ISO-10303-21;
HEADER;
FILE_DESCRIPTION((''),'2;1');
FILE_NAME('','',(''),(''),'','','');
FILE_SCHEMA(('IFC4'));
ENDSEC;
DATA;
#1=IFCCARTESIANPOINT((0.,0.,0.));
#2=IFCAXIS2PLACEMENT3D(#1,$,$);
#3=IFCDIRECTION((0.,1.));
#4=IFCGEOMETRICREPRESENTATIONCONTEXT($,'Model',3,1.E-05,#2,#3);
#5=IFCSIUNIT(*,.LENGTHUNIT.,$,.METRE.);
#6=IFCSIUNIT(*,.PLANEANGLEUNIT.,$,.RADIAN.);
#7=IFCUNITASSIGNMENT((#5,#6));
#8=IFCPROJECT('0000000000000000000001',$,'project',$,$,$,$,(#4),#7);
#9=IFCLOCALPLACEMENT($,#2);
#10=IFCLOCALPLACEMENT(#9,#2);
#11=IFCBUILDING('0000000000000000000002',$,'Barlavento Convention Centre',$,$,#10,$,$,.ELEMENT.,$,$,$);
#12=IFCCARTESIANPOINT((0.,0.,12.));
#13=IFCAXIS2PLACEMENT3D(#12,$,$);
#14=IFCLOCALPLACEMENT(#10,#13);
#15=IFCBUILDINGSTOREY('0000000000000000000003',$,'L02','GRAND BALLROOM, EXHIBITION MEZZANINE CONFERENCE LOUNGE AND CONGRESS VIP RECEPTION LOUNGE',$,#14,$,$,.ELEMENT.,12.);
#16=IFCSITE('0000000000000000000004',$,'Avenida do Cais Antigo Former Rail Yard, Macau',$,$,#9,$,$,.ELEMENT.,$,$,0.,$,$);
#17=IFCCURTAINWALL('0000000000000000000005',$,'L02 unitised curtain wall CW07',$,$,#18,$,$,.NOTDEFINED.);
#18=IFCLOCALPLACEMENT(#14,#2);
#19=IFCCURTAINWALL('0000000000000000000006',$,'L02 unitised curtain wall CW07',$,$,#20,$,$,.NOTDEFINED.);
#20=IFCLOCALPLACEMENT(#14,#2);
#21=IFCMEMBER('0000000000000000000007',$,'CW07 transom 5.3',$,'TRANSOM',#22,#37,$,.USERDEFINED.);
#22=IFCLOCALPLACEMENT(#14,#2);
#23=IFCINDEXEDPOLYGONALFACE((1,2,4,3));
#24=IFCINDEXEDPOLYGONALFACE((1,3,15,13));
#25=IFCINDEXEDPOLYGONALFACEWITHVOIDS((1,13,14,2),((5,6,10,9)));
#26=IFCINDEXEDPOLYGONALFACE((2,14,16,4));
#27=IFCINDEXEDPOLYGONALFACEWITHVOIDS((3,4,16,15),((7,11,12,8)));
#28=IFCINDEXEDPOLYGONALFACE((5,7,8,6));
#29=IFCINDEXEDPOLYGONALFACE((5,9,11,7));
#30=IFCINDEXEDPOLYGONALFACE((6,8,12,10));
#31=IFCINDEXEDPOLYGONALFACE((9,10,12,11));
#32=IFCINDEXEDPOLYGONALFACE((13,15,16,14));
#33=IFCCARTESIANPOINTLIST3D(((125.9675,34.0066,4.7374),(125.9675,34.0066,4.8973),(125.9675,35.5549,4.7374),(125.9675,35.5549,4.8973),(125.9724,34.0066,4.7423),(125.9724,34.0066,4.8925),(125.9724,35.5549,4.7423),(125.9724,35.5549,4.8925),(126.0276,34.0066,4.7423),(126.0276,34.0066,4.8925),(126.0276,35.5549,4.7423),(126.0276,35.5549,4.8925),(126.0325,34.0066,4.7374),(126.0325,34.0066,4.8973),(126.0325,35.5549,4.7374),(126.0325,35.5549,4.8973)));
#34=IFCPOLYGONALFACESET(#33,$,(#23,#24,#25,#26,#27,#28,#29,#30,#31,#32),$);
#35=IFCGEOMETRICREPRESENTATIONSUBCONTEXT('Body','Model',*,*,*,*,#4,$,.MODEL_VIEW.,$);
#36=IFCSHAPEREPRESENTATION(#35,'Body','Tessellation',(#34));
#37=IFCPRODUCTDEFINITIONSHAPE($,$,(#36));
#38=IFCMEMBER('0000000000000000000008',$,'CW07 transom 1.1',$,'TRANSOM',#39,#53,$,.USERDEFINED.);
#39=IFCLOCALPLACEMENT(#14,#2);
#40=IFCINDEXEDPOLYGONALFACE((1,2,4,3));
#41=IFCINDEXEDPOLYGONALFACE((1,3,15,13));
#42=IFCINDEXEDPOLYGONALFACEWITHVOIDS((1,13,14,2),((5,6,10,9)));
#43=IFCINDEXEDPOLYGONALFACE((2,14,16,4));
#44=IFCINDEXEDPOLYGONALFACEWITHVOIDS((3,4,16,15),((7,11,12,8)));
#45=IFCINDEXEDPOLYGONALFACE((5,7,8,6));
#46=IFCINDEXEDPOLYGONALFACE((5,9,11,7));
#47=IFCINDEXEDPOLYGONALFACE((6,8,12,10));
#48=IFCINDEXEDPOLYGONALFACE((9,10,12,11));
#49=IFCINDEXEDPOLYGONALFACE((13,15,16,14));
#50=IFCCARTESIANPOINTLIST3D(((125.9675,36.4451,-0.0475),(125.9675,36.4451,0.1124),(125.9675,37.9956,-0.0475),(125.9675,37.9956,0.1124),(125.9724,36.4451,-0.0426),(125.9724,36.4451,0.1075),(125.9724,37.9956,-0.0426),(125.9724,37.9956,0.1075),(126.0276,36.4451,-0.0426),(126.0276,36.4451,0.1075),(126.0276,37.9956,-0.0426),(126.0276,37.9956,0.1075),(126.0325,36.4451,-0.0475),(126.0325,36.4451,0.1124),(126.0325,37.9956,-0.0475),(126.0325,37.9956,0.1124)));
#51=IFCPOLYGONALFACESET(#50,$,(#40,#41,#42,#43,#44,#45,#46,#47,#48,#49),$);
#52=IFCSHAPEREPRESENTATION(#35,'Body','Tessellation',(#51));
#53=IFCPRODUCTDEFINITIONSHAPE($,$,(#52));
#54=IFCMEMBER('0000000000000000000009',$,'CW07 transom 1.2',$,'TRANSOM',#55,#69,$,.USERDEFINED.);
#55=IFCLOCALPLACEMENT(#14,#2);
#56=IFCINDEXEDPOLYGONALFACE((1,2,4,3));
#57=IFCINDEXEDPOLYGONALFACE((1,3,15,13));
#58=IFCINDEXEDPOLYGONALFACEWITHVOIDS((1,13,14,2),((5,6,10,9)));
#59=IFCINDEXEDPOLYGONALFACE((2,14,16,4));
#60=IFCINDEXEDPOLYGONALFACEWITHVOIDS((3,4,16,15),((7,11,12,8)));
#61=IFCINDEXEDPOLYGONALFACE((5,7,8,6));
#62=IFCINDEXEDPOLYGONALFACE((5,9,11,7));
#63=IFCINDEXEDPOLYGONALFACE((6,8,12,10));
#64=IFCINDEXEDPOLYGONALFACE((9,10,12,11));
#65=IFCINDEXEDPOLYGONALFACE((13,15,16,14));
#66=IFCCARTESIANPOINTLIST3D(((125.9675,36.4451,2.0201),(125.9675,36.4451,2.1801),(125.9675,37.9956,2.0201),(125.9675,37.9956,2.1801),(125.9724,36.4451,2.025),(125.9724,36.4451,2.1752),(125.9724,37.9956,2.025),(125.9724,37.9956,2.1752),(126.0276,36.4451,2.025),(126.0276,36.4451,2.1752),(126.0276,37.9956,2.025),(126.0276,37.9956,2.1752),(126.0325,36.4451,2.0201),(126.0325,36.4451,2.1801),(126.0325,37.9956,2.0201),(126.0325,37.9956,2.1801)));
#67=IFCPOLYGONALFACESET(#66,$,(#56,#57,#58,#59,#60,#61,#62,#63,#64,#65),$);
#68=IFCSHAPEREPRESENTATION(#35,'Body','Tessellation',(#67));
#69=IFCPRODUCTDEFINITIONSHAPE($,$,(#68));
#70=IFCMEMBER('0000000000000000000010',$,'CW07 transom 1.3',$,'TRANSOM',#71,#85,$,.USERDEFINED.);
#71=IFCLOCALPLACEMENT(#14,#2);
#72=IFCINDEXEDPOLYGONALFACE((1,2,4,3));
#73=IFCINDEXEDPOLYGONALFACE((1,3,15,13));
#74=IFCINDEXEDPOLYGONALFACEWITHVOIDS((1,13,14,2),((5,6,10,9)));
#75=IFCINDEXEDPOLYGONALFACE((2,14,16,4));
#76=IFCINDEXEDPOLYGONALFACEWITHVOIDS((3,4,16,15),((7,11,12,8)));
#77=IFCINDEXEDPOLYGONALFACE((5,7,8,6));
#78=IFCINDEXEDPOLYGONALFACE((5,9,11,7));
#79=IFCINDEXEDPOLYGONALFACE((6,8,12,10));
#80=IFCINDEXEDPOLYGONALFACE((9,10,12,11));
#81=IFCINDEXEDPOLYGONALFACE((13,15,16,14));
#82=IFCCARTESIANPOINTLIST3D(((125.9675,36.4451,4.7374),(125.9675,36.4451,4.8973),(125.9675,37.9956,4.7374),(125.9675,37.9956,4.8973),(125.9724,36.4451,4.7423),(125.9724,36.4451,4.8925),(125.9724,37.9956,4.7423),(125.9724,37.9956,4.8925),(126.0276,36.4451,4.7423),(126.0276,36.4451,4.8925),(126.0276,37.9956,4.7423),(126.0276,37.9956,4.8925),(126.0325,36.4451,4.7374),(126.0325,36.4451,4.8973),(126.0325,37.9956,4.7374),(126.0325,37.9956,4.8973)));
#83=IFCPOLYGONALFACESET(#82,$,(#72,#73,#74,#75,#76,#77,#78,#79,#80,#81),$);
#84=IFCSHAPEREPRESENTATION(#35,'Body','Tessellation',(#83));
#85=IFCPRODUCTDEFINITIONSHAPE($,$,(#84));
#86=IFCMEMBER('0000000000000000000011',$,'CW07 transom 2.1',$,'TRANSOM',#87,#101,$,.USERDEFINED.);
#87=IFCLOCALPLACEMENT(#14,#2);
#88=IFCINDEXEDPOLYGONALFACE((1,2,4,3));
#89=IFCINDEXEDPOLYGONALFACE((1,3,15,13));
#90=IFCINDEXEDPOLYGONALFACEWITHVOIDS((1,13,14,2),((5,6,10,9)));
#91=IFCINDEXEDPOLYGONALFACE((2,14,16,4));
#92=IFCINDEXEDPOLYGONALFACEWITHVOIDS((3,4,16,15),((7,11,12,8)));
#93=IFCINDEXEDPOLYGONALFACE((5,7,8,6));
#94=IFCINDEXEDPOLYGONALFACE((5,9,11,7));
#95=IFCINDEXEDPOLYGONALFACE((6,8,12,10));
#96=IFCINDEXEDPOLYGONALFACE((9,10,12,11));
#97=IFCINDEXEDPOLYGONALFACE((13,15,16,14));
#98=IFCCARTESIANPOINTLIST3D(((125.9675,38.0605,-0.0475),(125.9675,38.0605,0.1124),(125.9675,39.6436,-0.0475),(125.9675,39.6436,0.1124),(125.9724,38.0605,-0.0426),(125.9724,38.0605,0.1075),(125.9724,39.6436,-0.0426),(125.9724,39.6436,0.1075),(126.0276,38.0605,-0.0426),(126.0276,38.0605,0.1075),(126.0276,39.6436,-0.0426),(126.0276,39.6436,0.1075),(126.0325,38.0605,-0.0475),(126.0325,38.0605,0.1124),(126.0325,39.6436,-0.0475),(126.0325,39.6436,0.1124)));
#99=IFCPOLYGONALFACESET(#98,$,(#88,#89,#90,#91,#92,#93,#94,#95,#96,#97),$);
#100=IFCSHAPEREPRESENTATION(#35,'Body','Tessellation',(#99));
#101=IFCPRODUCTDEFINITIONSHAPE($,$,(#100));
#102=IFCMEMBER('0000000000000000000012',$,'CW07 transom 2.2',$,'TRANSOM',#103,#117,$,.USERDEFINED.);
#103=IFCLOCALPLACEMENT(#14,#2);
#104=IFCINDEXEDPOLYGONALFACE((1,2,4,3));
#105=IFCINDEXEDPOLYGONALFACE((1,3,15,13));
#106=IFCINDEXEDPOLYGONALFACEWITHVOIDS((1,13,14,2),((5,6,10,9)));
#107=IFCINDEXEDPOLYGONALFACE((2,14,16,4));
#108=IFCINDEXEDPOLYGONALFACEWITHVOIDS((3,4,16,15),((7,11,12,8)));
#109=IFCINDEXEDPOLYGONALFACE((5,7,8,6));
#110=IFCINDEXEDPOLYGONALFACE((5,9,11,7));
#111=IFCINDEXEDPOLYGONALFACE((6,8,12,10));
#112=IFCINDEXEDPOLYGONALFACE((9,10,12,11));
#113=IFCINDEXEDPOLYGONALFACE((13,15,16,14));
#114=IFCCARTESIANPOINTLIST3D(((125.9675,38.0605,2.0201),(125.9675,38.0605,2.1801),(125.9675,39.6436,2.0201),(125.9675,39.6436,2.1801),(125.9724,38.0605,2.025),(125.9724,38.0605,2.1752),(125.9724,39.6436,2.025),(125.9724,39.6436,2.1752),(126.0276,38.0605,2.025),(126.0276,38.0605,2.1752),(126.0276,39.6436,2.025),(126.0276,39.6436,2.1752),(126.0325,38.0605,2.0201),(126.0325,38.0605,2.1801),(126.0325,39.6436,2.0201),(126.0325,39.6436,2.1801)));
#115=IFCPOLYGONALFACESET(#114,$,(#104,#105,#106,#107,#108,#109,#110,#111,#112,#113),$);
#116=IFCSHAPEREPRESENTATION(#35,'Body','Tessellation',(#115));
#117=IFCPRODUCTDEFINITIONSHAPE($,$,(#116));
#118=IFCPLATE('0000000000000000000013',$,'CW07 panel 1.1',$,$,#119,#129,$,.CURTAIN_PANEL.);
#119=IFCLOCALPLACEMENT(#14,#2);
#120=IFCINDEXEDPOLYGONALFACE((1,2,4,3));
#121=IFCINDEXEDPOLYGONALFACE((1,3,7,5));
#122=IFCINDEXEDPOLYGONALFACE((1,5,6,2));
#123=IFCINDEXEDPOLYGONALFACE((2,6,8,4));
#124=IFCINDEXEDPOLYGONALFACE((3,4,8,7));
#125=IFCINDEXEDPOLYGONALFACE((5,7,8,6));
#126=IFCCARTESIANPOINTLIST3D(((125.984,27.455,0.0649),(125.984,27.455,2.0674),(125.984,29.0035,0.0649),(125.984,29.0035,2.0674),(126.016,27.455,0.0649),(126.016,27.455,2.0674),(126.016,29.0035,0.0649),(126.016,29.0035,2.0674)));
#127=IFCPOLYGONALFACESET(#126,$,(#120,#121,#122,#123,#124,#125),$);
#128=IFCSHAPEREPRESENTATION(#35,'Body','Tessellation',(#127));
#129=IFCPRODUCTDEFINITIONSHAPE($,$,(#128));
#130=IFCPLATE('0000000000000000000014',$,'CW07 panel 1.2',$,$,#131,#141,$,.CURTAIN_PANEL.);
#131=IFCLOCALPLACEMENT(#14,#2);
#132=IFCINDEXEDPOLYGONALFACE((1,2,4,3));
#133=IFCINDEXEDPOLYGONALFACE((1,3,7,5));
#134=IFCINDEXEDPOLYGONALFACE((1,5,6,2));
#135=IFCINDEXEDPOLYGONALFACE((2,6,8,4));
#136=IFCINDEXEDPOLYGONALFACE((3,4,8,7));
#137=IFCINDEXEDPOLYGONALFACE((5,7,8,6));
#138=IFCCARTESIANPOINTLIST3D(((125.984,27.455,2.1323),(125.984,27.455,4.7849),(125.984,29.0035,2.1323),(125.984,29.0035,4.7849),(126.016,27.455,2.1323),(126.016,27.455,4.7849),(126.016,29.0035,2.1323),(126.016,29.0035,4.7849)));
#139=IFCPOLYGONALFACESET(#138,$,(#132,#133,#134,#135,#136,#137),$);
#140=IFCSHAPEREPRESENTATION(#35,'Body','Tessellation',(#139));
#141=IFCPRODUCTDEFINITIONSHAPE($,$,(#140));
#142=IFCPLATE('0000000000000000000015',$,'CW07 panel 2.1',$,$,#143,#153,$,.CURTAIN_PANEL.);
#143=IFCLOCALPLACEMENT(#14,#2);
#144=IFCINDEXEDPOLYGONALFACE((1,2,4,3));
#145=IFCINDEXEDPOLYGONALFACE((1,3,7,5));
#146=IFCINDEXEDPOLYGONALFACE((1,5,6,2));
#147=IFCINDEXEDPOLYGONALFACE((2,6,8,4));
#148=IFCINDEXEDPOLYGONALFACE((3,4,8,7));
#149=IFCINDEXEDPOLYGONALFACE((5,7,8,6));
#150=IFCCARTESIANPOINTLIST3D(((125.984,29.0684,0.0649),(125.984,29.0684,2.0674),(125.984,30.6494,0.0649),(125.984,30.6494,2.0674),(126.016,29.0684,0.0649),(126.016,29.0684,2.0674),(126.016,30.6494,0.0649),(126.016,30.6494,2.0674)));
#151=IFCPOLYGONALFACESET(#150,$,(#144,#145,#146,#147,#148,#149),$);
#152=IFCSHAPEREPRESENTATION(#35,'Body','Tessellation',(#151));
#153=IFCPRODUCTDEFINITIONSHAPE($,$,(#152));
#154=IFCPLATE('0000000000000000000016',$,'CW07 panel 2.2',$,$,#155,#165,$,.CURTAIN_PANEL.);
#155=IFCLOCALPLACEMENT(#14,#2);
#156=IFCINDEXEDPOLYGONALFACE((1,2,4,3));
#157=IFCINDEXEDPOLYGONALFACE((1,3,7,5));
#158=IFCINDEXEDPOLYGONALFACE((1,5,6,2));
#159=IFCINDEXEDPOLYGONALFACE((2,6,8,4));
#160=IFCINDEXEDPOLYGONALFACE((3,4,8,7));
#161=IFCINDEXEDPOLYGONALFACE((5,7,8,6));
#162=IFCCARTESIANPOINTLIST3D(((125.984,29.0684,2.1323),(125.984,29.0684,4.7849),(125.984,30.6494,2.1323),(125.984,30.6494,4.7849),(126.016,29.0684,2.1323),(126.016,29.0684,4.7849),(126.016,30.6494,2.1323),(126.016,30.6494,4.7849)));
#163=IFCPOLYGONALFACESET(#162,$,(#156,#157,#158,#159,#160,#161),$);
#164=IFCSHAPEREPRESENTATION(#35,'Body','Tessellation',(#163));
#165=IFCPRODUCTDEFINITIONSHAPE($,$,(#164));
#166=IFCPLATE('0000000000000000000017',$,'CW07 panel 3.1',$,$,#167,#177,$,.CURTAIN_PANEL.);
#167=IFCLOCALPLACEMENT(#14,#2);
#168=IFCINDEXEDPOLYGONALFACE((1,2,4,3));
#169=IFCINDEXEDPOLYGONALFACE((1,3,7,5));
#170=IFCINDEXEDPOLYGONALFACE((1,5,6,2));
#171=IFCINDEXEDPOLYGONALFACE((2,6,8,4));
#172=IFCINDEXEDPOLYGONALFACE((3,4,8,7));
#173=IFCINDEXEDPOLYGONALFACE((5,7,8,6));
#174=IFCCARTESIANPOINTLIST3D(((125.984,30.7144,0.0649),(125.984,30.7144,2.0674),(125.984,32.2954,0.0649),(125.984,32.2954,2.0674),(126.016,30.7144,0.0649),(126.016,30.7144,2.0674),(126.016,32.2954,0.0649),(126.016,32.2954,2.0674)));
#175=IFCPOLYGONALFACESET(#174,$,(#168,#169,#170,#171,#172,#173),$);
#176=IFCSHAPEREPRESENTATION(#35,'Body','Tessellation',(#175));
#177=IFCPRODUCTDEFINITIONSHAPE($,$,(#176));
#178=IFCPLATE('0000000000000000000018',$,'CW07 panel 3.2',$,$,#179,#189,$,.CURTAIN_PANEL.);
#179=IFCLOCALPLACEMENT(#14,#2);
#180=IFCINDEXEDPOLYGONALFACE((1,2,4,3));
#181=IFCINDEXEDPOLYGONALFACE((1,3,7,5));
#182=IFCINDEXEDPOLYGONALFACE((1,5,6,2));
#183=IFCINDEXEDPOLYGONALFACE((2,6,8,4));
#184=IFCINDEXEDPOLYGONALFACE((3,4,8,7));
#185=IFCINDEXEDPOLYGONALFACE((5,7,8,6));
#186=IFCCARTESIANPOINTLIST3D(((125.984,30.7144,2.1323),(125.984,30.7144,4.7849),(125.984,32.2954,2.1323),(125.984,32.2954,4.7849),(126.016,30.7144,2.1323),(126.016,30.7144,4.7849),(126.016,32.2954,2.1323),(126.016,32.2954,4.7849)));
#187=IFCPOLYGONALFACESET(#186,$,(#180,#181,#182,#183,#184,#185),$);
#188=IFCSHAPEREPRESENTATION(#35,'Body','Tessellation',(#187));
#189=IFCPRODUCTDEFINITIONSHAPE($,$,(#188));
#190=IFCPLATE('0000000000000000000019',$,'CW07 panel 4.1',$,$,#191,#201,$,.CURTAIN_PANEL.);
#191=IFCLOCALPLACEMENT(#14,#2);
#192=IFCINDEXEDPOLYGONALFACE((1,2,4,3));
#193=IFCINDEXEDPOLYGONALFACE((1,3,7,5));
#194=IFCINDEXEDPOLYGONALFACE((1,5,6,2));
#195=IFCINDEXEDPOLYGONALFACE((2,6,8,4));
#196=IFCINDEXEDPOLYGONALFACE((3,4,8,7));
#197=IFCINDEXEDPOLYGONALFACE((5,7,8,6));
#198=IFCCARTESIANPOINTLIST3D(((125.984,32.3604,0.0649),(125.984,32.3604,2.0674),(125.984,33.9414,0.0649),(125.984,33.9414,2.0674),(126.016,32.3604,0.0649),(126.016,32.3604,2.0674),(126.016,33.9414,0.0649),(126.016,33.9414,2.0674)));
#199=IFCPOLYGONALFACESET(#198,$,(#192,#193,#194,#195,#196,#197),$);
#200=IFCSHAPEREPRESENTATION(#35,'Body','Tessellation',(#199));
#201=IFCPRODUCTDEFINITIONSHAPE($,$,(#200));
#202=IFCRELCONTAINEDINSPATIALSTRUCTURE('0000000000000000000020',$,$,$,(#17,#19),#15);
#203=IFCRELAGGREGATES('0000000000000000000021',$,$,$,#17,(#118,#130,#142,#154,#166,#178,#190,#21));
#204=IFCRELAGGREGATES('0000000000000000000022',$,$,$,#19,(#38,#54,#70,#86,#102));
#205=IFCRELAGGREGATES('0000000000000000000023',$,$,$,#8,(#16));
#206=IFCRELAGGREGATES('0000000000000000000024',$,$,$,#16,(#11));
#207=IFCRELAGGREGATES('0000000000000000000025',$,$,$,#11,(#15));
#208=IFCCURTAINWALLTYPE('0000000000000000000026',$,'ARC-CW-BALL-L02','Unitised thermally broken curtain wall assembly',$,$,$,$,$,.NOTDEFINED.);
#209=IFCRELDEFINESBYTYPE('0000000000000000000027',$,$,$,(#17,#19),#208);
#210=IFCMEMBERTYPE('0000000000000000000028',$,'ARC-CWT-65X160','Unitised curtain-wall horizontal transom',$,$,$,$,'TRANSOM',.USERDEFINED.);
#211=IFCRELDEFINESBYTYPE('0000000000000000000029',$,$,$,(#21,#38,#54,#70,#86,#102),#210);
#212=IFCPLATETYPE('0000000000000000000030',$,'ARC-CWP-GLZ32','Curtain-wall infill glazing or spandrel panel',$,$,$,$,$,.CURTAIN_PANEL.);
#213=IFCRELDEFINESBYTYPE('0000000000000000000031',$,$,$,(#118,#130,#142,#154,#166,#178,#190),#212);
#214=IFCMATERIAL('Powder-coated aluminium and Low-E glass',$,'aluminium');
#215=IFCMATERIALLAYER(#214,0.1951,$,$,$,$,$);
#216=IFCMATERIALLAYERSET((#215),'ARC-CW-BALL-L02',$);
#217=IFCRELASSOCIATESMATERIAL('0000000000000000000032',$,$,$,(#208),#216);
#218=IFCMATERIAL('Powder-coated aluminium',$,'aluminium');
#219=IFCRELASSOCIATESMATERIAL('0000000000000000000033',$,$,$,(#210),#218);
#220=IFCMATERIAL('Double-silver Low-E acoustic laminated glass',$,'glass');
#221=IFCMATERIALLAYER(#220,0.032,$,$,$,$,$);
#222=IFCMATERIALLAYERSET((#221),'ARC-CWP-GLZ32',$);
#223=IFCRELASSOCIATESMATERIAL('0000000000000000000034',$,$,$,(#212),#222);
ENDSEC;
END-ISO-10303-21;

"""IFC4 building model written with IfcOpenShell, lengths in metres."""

from ifc_helpers import new_model, si_unit, direction, frame, origin, origin_2d, place, context, subcontext, project, spatial, rectangle, hollow_rectangle, extrude, material, layer, layer_set, material_profile, profile_set, type_object, element, aggregate, save


model = new_model("IFC4")

# Units and contexts
model_context = context("Model", 3, precision=1e-05, world=origin(), true_north=direction((0.0, 1.0)))
body_context = subcontext(model_context, "Body", "Model", "MODEL_VIEW")
ifc_project = project(units=[si_unit("LENGTHUNIT", "METRE"), si_unit("PLANEANGLEUNIT", "RADIAN")], contexts=[model_context])

# Site, building, storey
site_placement = place(None, origin())
site = spatial("IfcSite", under=ifc_project, at=site_placement, Name="Avenida do Cais Antigo Former Rail Yard, Macau", CompositionType="ELEMENT", RefElevation=0.0)
building_placement = place(site_placement, origin())
building = spatial("IfcBuilding", under=site, at=building_placement, Name="Barlavento Convention Centre", CompositionType="ELEMENT")
storey_placement = place(building_placement, frame((0.0, 0.0, 12.0)))
storey = spatial("IfcBuildingStorey", under=building, at=storey_placement, Name="L02", Description="GRAND BALLROOM, EXHIBITION MEZZANINE CONFERENCE LOUNGE AND CONGRESS VIP RECEPTION LOUNGE", CompositionType="ELEMENT", Elevation=12.0)

# Curtain walls
ifc_material_1 = material(Name="Powder-coated aluminium and Low-E glass", Category="aluminium")
ifc_layer_1 = layer(ifc_material_1, 0.1951)
ifc_layer_set_1 = layer_set([ifc_layer_1], Name="ARC-CW-BALL-L02")
curtain_wall_type = type_object("IfcCurtainWallType", Name="ARC-CW-BALL-L02", Description="Unitised thermally broken curtain wall assembly", PredefinedType="NOTDEFINED", material=ifc_layer_set_1)
curtain_wall_1_placement = place(storey_placement, origin())
curtain_wall_1 = element("IfcCurtainWall", 1, at=curtain_wall_1_placement, inside=storey, type_object=curtain_wall_type, Name="L02 unitised curtain wall CW07", PredefinedType="NOTDEFINED")
ifc_material_2 = material(Name="Powder-coated aluminium", Category="aluminium")
curtain_wall_2_placement = place(storey_placement, origin())
curtain_wall_2 = element("IfcCurtainWall", 2, at=curtain_wall_2_placement, inside=storey, type_object=curtain_wall_type, Name="L02 unitised curtain wall CW07", PredefinedType="NOTDEFINED")

# Members
ifc_material_profile_1 = material_profile(ifc_material_2, hollow_rectangle(XDim=0.0649, YDim=0.1599, WallThickness=0.0049, at=origin_2d()), Name="AL-TRAN 65x160x5")
ifc_profile_set_1 = profile_set([ifc_material_profile_1], Name="Powder-coated aluminium")
member_type_1 = type_object("IfcMemberType", Name="ARC-CWT-65X160", Description="Unitised curtain-wall horizontal transom", ElementType="TRANSOM", PredefinedType="USERDEFINED", material=ifc_profile_set_1)
member_1_placement = place(storey_placement, frame((126.0, 34.0066, 4.8174), z_axis=(0.0, 1.0, 0.0), x_axis=(-1.0, 0.0, 0.0)))
member_1 = element("IfcMember", 3, at=member_1_placement, type_object=member_type_1, Name="CW07 transom 5.3", ObjectType="TRANSOM", PredefinedType="USERDEFINED", context=body_context, shape_type="SweptSolid", body=[
    extrude(hollow_rectangle(XDim=0.0649, YDim=0.1599, WallThickness=0.0049, at=origin_2d()), origin(), (0.0, 0.0, 1.0), 1.5483),
])
member_2_placement = place(storey_placement, frame((126.0, 36.4451, 0.0325), z_axis=(0.0, 1.0, 0.0), x_axis=(-1.0, 0.0, 0.0)))
member_2 = element("IfcMember", 4, at=member_2_placement, type_object=member_type_1, Name="CW07 transom 1.1", ObjectType="TRANSOM", PredefinedType="USERDEFINED", context=body_context, shape_type="SweptSolid", body=[
    extrude(hollow_rectangle(XDim=0.0649, YDim=0.1599, WallThickness=0.0049, at=origin_2d()), origin(), (0.0, 0.0, 1.0), 1.5505),
])
member_3_placement = place(storey_placement, frame((126.0, 36.4451, 2.1001), z_axis=(0.0, 1.0, 0.0), x_axis=(-1.0, 0.0, 0.0)))
member_3 = element("IfcMember", 5, at=member_3_placement, type_object=member_type_1, Name="CW07 transom 1.2", ObjectType="TRANSOM", PredefinedType="USERDEFINED", context=body_context, shape_type="SweptSolid", body=[
    extrude(hollow_rectangle(XDim=0.0649, YDim=0.1599, WallThickness=0.0049, at=origin_2d()), origin(), (0.0, 0.0, 1.0), 1.5505),
])
member_4_placement = place(storey_placement, frame((126.0, 36.4451, 4.8174), z_axis=(0.0, 1.0, 0.0), x_axis=(-1.0, 0.0, 0.0)))
member_4 = element("IfcMember", 6, at=member_4_placement, type_object=member_type_1, Name="CW07 transom 1.3", ObjectType="TRANSOM", PredefinedType="USERDEFINED", context=body_context, shape_type="SweptSolid", body=[
    extrude(hollow_rectangle(XDim=0.0649, YDim=0.1599, WallThickness=0.0049, at=origin_2d()), origin(), (0.0, 0.0, 1.0), 1.5505),
])
member_5_placement = place(storey_placement, frame((126.0, 38.0605, 0.0325), z_axis=(0.0, 1.0, 0.0), x_axis=(-1.0, 0.0, 0.0)))
member_5 = element("IfcMember", 7, at=member_5_placement, type_object=member_type_1, Name="CW07 transom 2.1", ObjectType="TRANSOM", PredefinedType="USERDEFINED", context=body_context, shape_type="SweptSolid", body=[
    extrude(hollow_rectangle(XDim=0.0649, YDim=0.1599, WallThickness=0.0049, at=origin_2d()), origin(), (0.0, 0.0, 1.0), 1.583),
])
member_6_placement = place(storey_placement, frame((126.0, 38.0605, 2.1001), z_axis=(0.0, 1.0, 0.0), x_axis=(-1.0, 0.0, 0.0)))
member_6 = element("IfcMember", 8, at=member_6_placement, type_object=member_type_1, Name="CW07 transom 2.2", ObjectType="TRANSOM", PredefinedType="USERDEFINED", context=body_context, shape_type="SweptSolid", body=[
    extrude(hollow_rectangle(XDim=0.0649, YDim=0.1599, WallThickness=0.0049, at=origin_2d()), origin(), (0.0, 0.0, 1.0), 1.583),
])

# Plates
ifc_material_3 = material(Name="Double-silver Low-E acoustic laminated glass", Category="glass")
ifc_layer_2 = layer(ifc_material_3, 0.032)
ifc_layer_set_2 = layer_set([ifc_layer_2], Name="ARC-CWP-GLZ32")
plate_type = type_object("IfcPlateType", Name="ARC-CWP-GLZ32", Description="Curtain-wall infill glazing or spandrel panel", PredefinedType="CURTAIN_PANEL", material=ifc_layer_set_2)
plate_1_placement = place(storey_placement, frame((126.0, 28.2292, 0.0649), z_axis=(0.0, 0.0, 1.0), x_axis=(0.0, 1.0, 0.0)))
plate_1 = element("IfcPlate", 9, at=plate_1_placement, type_object=plate_type, Name="CW07 panel 1.1", PredefinedType="CURTAIN_PANEL", context=body_context, shape_type="SweptSolid", body=[
    extrude(rectangle(XDim=1.5486, YDim=0.032, at=origin_2d()), origin(), (0.0, 0.0, 1.0), 2.0024),
])
plate_2_placement = place(storey_placement, frame((126.0, 28.2292, 2.1323), z_axis=(0.0, 0.0, 1.0), x_axis=(0.0, 1.0, 0.0)))
plate_2 = element("IfcPlate", 10, at=plate_2_placement, type_object=plate_type, Name="CW07 panel 1.2", PredefinedType="CURTAIN_PANEL", context=body_context, shape_type="SweptSolid", body=[
    extrude(rectangle(XDim=1.5486, YDim=0.032, at=origin_2d()), origin(), (0.0, 0.0, 1.0), 2.6526),
])
plate_3_placement = place(storey_placement, frame((126.0, 29.8589, 0.0649), z_axis=(0.0, 0.0, 1.0), x_axis=(0.0, 1.0, 0.0)))
plate_3 = element("IfcPlate", 11, at=plate_3_placement, type_object=plate_type, Name="CW07 panel 2.1", PredefinedType="CURTAIN_PANEL", context=body_context, shape_type="SweptSolid", body=[
    extrude(rectangle(XDim=1.5811, YDim=0.032, at=origin_2d()), origin(), (0.0, 0.0, 1.0), 2.0024),
])
plate_4_placement = place(storey_placement, frame((126.0, 29.8589, 2.1323), z_axis=(0.0, 0.0, 1.0), x_axis=(0.0, 1.0, 0.0)))
plate_4 = element("IfcPlate", 12, at=plate_4_placement, type_object=plate_type, Name="CW07 panel 2.2", PredefinedType="CURTAIN_PANEL", context=body_context, shape_type="SweptSolid", body=[
    extrude(rectangle(XDim=1.5811, YDim=0.032, at=origin_2d()), origin(), (0.0, 0.0, 1.0), 2.6526),
])
plate_5_placement = place(storey_placement, frame((126.0, 31.5049, 0.0649), z_axis=(0.0, 0.0, 1.0), x_axis=(0.0, 1.0, 0.0)))
plate_5 = element("IfcPlate", 13, at=plate_5_placement, type_object=plate_type, Name="CW07 panel 3.1", PredefinedType="CURTAIN_PANEL", context=body_context, shape_type="SweptSolid", body=[
    extrude(rectangle(XDim=1.5811, YDim=0.032, at=origin_2d()), origin(), (0.0, 0.0, 1.0), 2.0024),
])
plate_6_placement = place(storey_placement, frame((126.0, 31.5049, 2.1323), z_axis=(0.0, 0.0, 1.0), x_axis=(0.0, 1.0, 0.0)))
plate_6 = element("IfcPlate", 14, at=plate_6_placement, type_object=plate_type, Name="CW07 panel 3.2", PredefinedType="CURTAIN_PANEL", context=body_context, shape_type="SweptSolid", body=[
    extrude(rectangle(XDim=1.5811, YDim=0.032, at=origin_2d()), origin(), (0.0, 0.0, 1.0), 2.6526),
])
plate_7_placement = place(storey_placement, frame((126.0, 33.1509, 0.0649), z_axis=(0.0, 0.0, 1.0), x_axis=(0.0, 1.0, 0.0)))
plate_7 = element("IfcPlate", 15, at=plate_7_placement, type_object=plate_type, Name="CW07 panel 4.1", PredefinedType="CURTAIN_PANEL", context=body_context, shape_type="SweptSolid", body=[
    extrude(rectangle(XDim=1.5811, YDim=0.032, at=origin_2d()), origin(), (0.0, 0.0, 1.0), 2.0024),
])
aggregate(curtain_wall_1, [plate_1, plate_2, plate_3, plate_4, plate_5, plate_6, plate_7, member_1])
aggregate(curtain_wall_2, [member_2, member_3, member_4, member_5, member_6])

save(model, "model.ifc")
